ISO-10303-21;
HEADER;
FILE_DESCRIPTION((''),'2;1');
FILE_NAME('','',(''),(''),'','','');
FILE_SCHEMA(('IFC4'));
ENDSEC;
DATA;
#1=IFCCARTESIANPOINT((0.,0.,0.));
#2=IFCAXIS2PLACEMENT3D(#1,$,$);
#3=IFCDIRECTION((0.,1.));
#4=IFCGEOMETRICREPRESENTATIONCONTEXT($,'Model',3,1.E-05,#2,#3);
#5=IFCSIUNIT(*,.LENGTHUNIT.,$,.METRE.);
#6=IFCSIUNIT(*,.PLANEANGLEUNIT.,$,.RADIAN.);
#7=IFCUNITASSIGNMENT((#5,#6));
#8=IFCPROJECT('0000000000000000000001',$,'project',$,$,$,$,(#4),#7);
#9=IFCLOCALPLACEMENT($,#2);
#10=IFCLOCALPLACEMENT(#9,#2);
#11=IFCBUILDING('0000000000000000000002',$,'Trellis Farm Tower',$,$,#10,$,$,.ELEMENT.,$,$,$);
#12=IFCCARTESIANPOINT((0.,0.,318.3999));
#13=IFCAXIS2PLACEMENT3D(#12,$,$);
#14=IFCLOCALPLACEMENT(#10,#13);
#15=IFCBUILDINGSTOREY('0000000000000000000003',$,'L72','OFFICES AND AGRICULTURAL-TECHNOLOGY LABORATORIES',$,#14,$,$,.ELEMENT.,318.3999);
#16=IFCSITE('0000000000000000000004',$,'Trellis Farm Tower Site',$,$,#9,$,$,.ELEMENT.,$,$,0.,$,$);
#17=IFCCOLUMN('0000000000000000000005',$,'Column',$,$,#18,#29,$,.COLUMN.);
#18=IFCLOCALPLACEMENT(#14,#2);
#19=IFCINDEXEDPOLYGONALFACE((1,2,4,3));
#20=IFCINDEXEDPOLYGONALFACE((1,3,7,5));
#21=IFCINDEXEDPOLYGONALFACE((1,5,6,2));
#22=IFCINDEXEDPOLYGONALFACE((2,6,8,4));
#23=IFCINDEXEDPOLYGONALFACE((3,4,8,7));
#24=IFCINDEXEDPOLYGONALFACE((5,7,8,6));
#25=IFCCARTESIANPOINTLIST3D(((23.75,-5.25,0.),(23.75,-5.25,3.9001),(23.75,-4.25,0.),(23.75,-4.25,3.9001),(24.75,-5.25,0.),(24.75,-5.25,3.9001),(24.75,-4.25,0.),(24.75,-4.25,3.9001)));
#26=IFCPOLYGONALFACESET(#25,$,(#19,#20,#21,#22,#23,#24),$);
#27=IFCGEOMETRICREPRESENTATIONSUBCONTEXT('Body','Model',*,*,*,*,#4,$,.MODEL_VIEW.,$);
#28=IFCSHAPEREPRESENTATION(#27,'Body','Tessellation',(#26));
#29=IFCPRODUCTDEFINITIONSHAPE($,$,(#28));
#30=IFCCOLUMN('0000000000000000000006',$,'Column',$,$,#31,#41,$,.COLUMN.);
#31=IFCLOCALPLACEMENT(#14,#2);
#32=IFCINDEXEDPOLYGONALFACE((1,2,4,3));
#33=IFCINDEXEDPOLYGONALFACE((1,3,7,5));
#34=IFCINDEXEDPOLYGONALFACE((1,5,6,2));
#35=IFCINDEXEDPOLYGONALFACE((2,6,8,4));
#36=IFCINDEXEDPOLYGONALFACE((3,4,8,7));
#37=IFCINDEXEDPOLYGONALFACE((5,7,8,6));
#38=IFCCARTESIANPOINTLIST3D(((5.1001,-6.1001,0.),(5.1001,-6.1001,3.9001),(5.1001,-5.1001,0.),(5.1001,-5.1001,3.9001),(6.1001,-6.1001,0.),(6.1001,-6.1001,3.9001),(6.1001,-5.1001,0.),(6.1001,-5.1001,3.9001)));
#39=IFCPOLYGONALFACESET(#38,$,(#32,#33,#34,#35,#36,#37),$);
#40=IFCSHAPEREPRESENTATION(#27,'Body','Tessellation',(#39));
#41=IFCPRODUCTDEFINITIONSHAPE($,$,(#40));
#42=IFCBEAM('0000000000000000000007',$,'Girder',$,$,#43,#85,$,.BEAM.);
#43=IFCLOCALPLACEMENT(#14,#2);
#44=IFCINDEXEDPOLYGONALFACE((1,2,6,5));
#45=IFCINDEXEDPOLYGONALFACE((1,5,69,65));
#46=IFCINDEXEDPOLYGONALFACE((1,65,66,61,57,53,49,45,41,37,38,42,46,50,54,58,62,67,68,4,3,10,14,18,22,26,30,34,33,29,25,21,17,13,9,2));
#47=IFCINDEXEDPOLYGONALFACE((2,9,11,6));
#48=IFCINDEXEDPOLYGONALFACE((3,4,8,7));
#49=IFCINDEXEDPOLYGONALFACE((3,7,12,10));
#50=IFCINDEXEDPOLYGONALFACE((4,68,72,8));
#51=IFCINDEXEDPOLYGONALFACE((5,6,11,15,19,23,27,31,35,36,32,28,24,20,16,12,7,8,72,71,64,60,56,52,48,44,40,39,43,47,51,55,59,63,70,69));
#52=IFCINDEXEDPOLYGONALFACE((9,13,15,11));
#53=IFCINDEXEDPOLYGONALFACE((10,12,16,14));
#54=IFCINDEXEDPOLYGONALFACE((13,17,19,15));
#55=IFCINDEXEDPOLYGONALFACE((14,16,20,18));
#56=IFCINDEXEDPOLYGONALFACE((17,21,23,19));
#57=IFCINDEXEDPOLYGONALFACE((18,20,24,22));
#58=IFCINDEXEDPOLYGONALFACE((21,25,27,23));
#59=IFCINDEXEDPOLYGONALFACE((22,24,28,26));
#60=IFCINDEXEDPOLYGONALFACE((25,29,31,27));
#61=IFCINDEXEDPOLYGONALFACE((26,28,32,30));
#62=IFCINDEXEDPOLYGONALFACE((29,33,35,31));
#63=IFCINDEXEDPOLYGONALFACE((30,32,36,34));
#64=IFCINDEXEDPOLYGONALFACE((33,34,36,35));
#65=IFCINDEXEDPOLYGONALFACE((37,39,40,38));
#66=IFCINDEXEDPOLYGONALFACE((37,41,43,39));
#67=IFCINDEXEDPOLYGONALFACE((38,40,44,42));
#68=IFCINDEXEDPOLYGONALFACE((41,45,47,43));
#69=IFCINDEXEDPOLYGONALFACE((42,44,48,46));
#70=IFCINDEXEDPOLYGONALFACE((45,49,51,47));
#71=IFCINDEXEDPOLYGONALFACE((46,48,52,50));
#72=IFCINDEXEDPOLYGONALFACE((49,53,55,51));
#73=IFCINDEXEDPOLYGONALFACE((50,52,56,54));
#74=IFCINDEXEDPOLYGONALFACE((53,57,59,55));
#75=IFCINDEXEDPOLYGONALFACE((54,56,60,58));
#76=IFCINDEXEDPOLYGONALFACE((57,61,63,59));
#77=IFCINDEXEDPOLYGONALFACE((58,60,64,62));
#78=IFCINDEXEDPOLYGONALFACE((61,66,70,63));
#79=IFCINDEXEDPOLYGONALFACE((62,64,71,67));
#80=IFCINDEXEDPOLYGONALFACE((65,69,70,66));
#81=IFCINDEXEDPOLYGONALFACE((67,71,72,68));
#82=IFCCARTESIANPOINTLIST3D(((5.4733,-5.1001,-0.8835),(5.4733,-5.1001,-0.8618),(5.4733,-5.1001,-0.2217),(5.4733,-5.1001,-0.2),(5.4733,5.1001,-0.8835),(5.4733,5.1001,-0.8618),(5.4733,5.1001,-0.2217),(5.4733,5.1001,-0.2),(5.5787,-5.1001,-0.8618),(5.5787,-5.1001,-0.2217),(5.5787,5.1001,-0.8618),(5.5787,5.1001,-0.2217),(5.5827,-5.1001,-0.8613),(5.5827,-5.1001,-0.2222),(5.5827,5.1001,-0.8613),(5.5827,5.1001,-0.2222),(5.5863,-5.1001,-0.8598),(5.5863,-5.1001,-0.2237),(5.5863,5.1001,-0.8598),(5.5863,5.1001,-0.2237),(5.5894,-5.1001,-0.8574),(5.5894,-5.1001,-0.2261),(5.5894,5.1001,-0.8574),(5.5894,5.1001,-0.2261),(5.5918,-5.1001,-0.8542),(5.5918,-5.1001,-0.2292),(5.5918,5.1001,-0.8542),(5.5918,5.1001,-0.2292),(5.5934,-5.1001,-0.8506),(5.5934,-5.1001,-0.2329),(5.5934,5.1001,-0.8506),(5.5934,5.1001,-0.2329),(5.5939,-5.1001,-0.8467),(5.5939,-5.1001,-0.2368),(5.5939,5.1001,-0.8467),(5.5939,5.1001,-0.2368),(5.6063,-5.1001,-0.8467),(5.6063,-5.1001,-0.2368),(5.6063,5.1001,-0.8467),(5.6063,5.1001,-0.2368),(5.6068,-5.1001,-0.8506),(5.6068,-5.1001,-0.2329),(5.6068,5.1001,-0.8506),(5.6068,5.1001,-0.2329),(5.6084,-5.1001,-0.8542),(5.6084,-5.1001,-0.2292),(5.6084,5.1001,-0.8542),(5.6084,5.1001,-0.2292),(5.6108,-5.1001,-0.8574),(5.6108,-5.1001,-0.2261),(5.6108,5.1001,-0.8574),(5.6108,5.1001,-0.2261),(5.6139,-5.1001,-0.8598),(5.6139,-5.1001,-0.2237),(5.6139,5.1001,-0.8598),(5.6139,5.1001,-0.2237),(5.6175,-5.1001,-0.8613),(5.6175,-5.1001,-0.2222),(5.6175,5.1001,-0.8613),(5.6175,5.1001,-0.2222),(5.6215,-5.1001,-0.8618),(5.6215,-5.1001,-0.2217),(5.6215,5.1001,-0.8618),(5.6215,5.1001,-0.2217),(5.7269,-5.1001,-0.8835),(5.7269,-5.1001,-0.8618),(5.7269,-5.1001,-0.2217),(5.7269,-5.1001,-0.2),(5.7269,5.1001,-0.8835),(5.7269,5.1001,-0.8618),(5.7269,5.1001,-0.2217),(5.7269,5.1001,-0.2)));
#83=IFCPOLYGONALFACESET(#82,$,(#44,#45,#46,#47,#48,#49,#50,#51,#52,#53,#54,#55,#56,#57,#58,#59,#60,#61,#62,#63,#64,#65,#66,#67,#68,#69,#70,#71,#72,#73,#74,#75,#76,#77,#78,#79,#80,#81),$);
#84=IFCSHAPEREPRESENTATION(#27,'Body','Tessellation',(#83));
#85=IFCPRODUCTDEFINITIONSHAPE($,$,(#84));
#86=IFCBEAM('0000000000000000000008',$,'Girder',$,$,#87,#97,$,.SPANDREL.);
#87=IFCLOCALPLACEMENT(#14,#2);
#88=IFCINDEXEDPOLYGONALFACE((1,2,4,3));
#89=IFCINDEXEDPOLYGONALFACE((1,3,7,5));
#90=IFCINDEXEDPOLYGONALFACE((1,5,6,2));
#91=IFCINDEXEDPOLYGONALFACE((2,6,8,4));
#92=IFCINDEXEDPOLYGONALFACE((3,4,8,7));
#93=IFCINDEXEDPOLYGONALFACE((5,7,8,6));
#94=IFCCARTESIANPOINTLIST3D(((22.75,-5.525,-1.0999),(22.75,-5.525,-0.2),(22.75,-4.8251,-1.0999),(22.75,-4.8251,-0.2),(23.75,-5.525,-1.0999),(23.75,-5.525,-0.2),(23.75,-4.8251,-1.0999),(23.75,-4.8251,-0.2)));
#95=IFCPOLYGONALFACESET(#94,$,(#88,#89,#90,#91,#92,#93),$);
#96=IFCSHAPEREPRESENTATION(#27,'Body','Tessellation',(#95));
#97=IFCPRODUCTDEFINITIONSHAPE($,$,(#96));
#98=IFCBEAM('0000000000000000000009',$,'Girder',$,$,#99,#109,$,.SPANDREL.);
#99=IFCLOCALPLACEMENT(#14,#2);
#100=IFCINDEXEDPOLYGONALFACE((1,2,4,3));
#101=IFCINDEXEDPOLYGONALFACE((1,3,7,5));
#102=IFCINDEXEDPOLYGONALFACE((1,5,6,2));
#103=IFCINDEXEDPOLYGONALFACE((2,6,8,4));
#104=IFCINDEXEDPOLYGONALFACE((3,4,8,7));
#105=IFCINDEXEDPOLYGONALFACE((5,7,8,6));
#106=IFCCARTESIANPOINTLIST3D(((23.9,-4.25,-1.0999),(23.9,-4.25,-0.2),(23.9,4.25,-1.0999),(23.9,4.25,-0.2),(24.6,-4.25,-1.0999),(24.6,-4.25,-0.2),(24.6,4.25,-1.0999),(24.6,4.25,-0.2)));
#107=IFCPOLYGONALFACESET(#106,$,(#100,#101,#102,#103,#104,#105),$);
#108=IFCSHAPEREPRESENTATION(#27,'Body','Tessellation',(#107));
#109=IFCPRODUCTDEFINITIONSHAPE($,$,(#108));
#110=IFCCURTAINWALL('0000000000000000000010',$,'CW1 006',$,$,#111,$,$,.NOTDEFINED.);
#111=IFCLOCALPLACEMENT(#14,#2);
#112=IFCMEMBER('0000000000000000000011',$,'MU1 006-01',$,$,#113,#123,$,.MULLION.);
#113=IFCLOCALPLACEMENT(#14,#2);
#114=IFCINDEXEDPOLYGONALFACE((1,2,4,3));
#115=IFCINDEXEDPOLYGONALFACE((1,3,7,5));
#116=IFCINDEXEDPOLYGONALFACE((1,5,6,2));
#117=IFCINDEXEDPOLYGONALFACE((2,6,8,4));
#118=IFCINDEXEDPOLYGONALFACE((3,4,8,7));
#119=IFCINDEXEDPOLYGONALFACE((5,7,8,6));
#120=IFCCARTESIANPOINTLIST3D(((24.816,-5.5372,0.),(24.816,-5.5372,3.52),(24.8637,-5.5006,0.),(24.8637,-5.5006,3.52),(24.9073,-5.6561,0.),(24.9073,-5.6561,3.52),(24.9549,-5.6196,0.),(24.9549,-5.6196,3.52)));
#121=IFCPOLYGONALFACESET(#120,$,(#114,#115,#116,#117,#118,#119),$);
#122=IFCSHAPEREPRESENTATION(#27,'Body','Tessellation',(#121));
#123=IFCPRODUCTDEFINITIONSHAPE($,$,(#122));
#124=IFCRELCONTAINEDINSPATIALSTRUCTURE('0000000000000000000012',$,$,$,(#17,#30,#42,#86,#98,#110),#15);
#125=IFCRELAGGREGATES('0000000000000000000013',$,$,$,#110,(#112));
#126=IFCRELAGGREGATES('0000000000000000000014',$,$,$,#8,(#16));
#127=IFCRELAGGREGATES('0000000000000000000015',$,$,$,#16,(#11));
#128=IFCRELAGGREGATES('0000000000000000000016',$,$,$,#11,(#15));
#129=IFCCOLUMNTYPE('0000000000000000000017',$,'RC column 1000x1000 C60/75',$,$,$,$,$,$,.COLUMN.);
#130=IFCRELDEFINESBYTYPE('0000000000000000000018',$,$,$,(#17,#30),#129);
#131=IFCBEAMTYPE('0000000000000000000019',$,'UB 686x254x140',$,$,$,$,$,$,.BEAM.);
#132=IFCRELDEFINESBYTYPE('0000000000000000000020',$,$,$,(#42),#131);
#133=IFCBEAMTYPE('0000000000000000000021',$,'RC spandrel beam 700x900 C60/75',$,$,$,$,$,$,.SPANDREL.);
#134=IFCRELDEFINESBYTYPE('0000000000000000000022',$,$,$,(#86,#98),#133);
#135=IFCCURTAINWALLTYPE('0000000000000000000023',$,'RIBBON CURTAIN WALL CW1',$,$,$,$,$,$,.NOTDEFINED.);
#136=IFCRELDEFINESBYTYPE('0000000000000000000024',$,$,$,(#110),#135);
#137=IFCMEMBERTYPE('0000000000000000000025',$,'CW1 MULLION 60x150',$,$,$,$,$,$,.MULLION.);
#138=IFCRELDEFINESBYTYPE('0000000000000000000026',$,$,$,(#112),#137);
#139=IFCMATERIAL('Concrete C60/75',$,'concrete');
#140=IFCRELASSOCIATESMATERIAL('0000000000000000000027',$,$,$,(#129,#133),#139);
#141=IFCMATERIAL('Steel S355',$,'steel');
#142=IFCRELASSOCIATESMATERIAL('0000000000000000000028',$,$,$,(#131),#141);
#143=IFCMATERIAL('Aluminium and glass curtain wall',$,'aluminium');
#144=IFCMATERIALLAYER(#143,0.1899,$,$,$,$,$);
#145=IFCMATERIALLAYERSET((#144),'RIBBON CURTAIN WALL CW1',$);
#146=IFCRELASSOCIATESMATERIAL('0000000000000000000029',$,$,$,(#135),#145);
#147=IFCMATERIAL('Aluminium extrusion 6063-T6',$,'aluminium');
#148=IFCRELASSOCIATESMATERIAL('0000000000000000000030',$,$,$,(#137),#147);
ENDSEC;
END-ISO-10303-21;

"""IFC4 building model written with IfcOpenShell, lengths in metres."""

from ifc_helpers import new_model, si_unit, direction, frame, origin, origin_2d, place, context, subcontext, project, spatial, rectangle, i_section, extrude, source, transform, mapped, material, layer, layer_set, material_profile, profile_set, type_object, element, aggregate, save


model = new_model("IFC4")

# Units and contexts
model_context = context("Model", 3, precision=1e-05, world=origin(), true_north=direction((0.0, 1.0)))
body_context = subcontext(model_context, "Body", "Model", "MODEL_VIEW")
ifc_project = project(units=[si_unit("LENGTHUNIT", "METRE"), si_unit("PLANEANGLEUNIT", "RADIAN")], contexts=[model_context])

# Site, building, storey
site_placement = place(None, origin())
site = spatial("IfcSite", under=ifc_project, at=site_placement, Name="Trellis Farm Tower Site", CompositionType="ELEMENT", RefElevation=0.0)
building_placement = place(site_placement, origin())
building = spatial("IfcBuilding", under=site, at=building_placement, Name="Trellis Farm Tower", CompositionType="ELEMENT")
storey_placement = place(building_placement, frame((0.0, 0.0, 318.3999)))
storey = spatial("IfcBuildingStorey", under=building, at=storey_placement, Name="L72", Description="OFFICES AND AGRICULTURAL-TECHNOLOGY LABORATORIES", CompositionType="ELEMENT", Elevation=318.3999)

# Columns
ifc_material_1 = material(Name="Concrete C60/75", Category="concrete")
ifc_material_profile_1 = material_profile(ifc_material_1, rectangle(XDim=1.0, YDim=1.0, at=origin_2d()), Name="RC column 1000x1000 C60/75")
ifc_profile_set_1 = profile_set([ifc_material_profile_1], Name="Concrete C60/75")
column_type = type_object("IfcColumnType", Name="RC column 1000x1000 C60/75", PredefinedType="COLUMN", material=ifc_profile_set_1)
shared_shape_1 = source(origin(), body_context, "Body", "SweptSolid", [
    extrude(rectangle(XDim=1.0, YDim=1.0, at=origin_2d()), origin(), (0.0, 0.0, 1.0), 3.9001),
])
for number, where, z_axis, x_axis, name in (
    (1, (24.25, -4.75, 0.0), (0.0, 0.0, 1.0), (1.0, 0.0, 0.0), "Column"),
    (2, (5.6001, -5.6001, 0.0), (0.0, 0.0, 1.0), (1.0, 0.0, 0.0), "Column"),
):
    element("IfcColumn", number, at=place(storey_placement, frame(where, z_axis=z_axis, x_axis=x_axis)), inside=storey, type_object=column_type, Name=name, PredefinedType="COLUMN", context=body_context, shape_type="MappedRepresentation", body=[
        mapped(shared_shape_1, transform((0.0, 0.0, 0.0))),
    ])

# Beams
ifc_material_2 = material(Name="Steel S355", Category="steel")
ifc_material_profile_2 = material_profile(ifc_material_2, i_section(OverallWidth=0.2537, OverallDepth=0.6836, WebThickness=0.0125, FlangeThickness=0.0217, FilletRadius=0.0151, at=origin_2d()), Name="UB 686x254x140")
ifc_profile_set_2 = profile_set([ifc_material_profile_2], Name="Steel S355")
beam_type_1 = type_object("IfcBeamType", Name="UB 686x254x140", PredefinedType="BEAM", material=ifc_profile_set_2)
shared_shape_2 = source(origin(), body_context, "Body", "SweptSolid", [
    extrude(i_section(OverallWidth=0.2537, OverallDepth=0.6836, WebThickness=0.0125, FlangeThickness=0.0217, FilletRadius=0.0151, at=origin_2d()), origin(), (0.0, 0.0, 1.0), 10.2002),
])
beam_1_placement = place(storey_placement, frame((5.6001, -5.1001, -0.5417), z_axis=(0.0, 1.0, 0.0), x_axis=(-1.0, 0.0, 0.0)))
element("IfcBeam", 3, at=beam_1_placement, inside=storey, type_object=beam_type_1, Name="Girder", PredefinedType="BEAM", context=body_context, shape_type="MappedRepresentation", body=[
    mapped(shared_shape_2, transform((0.0, 0.0, 0.0))),
])
ifc_material_profile_3 = material_profile(ifc_material_1, rectangle(XDim=0.7, YDim=0.8999, at=origin_2d()), Name="RC spandrel beam 700x900 C60/75")
ifc_profile_set_3 = profile_set([ifc_material_profile_3], Name="Concrete C60/75")
beam_type_2 = type_object("IfcBeamType", Name="RC spandrel beam 700x900 C60/75", PredefinedType="SPANDREL", material=ifc_profile_set_3)
shared_shape_3 = source(origin(), body_context, "Body", "SweptSolid", [
    extrude(rectangle(XDim=0.7, YDim=0.8999, at=origin_2d()), origin(), (0.0, 0.0, 1.0), 1.0),
])
beam_2_placement = place(storey_placement, frame((22.75, -5.175, -0.6499), z_axis=(1.0, 0.0, 0.0), x_axis=(0.0, 1.0, 0.0)))
element("IfcBeam", 4, at=beam_2_placement, inside=storey, type_object=beam_type_2, Name="Girder", PredefinedType="SPANDREL", context=body_context, shape_type="MappedRepresentation", body=[
    mapped(shared_shape_3, transform((0.0, 0.0, 0.0))),
])
shared_shape_4 = source(origin(), body_context, "Body", "SweptSolid", [
    extrude(rectangle(XDim=0.7, YDim=0.8999, at=origin_2d()), origin(), (0.0, 0.0, 1.0), 8.5),
])
beam_3_placement = place(storey_placement, frame((24.25, -4.25, -0.6499), z_axis=(0.0, 1.0, 0.0), x_axis=(-1.0, 0.0, 0.0)))
element("IfcBeam", 5, at=beam_3_placement, inside=storey, type_object=beam_type_2, Name="Girder", PredefinedType="SPANDREL", context=body_context, shape_type="MappedRepresentation", body=[
    mapped(shared_shape_4, transform((0.0, 0.0, 0.0))),
])

# Curtain wall, member
ifc_material_3 = material(Name="Aluminium and glass curtain wall", Category="aluminium")
ifc_layer_1 = layer(ifc_material_3, 0.1899)
ifc_layer_set_1 = layer_set([ifc_layer_1], Name="RIBBON CURTAIN WALL CW1")
curtain_wall_type = type_object("IfcCurtainWallType", Name="RIBBON CURTAIN WALL CW1", PredefinedType="NOTDEFINED", material=ifc_layer_set_1)
placement = place(storey_placement, origin())
curtain_wall = element("IfcCurtainWall", 6, at=placement, inside=storey, type_object=curtain_wall_type, Name="CW1 006", PredefinedType="NOTDEFINED")
ifc_material_4 = material(Name="Aluminium extrusion 6063-T6", Category="aluminium")
ifc_material_profile_4 = material_profile(ifc_material_4, rectangle(XDim=0.0601, YDim=0.1499, at=origin_2d()), Name="MULLION 60x150")
ifc_profile_set_4 = profile_set([ifc_material_profile_4], Name="Aluminium extrusion 6063-T6")
member_type = type_object("IfcMemberType", Name="CW1 MULLION 60x150", PredefinedType="MULLION", material=ifc_profile_set_4)
shared_shape_5 = source(origin(), body_context, "Body", "SweptSolid", [
    extrude(rectangle(XDim=0.0601, YDim=0.1499, at=origin_2d()), origin(), (0.0, 0.0, 1.0), 3.52),
])
member_placement = place(storey_placement, frame((24.8855, -5.5784, 0.0), z_axis=(0.0, 0.0, 1.0), x_axis=(0.793353, 0.608761, 0.0)))
member = element("IfcMember", 7, at=member_placement, type_object=member_type, Name="MU1 006-01", PredefinedType="MULLION", context=body_context, shape_type="MappedRepresentation", body=[
    mapped(shared_shape_5, transform((0.0, 0.0, 0.0))),
])
aggregate(curtain_wall, [member])

save(model, "model.ifc")
